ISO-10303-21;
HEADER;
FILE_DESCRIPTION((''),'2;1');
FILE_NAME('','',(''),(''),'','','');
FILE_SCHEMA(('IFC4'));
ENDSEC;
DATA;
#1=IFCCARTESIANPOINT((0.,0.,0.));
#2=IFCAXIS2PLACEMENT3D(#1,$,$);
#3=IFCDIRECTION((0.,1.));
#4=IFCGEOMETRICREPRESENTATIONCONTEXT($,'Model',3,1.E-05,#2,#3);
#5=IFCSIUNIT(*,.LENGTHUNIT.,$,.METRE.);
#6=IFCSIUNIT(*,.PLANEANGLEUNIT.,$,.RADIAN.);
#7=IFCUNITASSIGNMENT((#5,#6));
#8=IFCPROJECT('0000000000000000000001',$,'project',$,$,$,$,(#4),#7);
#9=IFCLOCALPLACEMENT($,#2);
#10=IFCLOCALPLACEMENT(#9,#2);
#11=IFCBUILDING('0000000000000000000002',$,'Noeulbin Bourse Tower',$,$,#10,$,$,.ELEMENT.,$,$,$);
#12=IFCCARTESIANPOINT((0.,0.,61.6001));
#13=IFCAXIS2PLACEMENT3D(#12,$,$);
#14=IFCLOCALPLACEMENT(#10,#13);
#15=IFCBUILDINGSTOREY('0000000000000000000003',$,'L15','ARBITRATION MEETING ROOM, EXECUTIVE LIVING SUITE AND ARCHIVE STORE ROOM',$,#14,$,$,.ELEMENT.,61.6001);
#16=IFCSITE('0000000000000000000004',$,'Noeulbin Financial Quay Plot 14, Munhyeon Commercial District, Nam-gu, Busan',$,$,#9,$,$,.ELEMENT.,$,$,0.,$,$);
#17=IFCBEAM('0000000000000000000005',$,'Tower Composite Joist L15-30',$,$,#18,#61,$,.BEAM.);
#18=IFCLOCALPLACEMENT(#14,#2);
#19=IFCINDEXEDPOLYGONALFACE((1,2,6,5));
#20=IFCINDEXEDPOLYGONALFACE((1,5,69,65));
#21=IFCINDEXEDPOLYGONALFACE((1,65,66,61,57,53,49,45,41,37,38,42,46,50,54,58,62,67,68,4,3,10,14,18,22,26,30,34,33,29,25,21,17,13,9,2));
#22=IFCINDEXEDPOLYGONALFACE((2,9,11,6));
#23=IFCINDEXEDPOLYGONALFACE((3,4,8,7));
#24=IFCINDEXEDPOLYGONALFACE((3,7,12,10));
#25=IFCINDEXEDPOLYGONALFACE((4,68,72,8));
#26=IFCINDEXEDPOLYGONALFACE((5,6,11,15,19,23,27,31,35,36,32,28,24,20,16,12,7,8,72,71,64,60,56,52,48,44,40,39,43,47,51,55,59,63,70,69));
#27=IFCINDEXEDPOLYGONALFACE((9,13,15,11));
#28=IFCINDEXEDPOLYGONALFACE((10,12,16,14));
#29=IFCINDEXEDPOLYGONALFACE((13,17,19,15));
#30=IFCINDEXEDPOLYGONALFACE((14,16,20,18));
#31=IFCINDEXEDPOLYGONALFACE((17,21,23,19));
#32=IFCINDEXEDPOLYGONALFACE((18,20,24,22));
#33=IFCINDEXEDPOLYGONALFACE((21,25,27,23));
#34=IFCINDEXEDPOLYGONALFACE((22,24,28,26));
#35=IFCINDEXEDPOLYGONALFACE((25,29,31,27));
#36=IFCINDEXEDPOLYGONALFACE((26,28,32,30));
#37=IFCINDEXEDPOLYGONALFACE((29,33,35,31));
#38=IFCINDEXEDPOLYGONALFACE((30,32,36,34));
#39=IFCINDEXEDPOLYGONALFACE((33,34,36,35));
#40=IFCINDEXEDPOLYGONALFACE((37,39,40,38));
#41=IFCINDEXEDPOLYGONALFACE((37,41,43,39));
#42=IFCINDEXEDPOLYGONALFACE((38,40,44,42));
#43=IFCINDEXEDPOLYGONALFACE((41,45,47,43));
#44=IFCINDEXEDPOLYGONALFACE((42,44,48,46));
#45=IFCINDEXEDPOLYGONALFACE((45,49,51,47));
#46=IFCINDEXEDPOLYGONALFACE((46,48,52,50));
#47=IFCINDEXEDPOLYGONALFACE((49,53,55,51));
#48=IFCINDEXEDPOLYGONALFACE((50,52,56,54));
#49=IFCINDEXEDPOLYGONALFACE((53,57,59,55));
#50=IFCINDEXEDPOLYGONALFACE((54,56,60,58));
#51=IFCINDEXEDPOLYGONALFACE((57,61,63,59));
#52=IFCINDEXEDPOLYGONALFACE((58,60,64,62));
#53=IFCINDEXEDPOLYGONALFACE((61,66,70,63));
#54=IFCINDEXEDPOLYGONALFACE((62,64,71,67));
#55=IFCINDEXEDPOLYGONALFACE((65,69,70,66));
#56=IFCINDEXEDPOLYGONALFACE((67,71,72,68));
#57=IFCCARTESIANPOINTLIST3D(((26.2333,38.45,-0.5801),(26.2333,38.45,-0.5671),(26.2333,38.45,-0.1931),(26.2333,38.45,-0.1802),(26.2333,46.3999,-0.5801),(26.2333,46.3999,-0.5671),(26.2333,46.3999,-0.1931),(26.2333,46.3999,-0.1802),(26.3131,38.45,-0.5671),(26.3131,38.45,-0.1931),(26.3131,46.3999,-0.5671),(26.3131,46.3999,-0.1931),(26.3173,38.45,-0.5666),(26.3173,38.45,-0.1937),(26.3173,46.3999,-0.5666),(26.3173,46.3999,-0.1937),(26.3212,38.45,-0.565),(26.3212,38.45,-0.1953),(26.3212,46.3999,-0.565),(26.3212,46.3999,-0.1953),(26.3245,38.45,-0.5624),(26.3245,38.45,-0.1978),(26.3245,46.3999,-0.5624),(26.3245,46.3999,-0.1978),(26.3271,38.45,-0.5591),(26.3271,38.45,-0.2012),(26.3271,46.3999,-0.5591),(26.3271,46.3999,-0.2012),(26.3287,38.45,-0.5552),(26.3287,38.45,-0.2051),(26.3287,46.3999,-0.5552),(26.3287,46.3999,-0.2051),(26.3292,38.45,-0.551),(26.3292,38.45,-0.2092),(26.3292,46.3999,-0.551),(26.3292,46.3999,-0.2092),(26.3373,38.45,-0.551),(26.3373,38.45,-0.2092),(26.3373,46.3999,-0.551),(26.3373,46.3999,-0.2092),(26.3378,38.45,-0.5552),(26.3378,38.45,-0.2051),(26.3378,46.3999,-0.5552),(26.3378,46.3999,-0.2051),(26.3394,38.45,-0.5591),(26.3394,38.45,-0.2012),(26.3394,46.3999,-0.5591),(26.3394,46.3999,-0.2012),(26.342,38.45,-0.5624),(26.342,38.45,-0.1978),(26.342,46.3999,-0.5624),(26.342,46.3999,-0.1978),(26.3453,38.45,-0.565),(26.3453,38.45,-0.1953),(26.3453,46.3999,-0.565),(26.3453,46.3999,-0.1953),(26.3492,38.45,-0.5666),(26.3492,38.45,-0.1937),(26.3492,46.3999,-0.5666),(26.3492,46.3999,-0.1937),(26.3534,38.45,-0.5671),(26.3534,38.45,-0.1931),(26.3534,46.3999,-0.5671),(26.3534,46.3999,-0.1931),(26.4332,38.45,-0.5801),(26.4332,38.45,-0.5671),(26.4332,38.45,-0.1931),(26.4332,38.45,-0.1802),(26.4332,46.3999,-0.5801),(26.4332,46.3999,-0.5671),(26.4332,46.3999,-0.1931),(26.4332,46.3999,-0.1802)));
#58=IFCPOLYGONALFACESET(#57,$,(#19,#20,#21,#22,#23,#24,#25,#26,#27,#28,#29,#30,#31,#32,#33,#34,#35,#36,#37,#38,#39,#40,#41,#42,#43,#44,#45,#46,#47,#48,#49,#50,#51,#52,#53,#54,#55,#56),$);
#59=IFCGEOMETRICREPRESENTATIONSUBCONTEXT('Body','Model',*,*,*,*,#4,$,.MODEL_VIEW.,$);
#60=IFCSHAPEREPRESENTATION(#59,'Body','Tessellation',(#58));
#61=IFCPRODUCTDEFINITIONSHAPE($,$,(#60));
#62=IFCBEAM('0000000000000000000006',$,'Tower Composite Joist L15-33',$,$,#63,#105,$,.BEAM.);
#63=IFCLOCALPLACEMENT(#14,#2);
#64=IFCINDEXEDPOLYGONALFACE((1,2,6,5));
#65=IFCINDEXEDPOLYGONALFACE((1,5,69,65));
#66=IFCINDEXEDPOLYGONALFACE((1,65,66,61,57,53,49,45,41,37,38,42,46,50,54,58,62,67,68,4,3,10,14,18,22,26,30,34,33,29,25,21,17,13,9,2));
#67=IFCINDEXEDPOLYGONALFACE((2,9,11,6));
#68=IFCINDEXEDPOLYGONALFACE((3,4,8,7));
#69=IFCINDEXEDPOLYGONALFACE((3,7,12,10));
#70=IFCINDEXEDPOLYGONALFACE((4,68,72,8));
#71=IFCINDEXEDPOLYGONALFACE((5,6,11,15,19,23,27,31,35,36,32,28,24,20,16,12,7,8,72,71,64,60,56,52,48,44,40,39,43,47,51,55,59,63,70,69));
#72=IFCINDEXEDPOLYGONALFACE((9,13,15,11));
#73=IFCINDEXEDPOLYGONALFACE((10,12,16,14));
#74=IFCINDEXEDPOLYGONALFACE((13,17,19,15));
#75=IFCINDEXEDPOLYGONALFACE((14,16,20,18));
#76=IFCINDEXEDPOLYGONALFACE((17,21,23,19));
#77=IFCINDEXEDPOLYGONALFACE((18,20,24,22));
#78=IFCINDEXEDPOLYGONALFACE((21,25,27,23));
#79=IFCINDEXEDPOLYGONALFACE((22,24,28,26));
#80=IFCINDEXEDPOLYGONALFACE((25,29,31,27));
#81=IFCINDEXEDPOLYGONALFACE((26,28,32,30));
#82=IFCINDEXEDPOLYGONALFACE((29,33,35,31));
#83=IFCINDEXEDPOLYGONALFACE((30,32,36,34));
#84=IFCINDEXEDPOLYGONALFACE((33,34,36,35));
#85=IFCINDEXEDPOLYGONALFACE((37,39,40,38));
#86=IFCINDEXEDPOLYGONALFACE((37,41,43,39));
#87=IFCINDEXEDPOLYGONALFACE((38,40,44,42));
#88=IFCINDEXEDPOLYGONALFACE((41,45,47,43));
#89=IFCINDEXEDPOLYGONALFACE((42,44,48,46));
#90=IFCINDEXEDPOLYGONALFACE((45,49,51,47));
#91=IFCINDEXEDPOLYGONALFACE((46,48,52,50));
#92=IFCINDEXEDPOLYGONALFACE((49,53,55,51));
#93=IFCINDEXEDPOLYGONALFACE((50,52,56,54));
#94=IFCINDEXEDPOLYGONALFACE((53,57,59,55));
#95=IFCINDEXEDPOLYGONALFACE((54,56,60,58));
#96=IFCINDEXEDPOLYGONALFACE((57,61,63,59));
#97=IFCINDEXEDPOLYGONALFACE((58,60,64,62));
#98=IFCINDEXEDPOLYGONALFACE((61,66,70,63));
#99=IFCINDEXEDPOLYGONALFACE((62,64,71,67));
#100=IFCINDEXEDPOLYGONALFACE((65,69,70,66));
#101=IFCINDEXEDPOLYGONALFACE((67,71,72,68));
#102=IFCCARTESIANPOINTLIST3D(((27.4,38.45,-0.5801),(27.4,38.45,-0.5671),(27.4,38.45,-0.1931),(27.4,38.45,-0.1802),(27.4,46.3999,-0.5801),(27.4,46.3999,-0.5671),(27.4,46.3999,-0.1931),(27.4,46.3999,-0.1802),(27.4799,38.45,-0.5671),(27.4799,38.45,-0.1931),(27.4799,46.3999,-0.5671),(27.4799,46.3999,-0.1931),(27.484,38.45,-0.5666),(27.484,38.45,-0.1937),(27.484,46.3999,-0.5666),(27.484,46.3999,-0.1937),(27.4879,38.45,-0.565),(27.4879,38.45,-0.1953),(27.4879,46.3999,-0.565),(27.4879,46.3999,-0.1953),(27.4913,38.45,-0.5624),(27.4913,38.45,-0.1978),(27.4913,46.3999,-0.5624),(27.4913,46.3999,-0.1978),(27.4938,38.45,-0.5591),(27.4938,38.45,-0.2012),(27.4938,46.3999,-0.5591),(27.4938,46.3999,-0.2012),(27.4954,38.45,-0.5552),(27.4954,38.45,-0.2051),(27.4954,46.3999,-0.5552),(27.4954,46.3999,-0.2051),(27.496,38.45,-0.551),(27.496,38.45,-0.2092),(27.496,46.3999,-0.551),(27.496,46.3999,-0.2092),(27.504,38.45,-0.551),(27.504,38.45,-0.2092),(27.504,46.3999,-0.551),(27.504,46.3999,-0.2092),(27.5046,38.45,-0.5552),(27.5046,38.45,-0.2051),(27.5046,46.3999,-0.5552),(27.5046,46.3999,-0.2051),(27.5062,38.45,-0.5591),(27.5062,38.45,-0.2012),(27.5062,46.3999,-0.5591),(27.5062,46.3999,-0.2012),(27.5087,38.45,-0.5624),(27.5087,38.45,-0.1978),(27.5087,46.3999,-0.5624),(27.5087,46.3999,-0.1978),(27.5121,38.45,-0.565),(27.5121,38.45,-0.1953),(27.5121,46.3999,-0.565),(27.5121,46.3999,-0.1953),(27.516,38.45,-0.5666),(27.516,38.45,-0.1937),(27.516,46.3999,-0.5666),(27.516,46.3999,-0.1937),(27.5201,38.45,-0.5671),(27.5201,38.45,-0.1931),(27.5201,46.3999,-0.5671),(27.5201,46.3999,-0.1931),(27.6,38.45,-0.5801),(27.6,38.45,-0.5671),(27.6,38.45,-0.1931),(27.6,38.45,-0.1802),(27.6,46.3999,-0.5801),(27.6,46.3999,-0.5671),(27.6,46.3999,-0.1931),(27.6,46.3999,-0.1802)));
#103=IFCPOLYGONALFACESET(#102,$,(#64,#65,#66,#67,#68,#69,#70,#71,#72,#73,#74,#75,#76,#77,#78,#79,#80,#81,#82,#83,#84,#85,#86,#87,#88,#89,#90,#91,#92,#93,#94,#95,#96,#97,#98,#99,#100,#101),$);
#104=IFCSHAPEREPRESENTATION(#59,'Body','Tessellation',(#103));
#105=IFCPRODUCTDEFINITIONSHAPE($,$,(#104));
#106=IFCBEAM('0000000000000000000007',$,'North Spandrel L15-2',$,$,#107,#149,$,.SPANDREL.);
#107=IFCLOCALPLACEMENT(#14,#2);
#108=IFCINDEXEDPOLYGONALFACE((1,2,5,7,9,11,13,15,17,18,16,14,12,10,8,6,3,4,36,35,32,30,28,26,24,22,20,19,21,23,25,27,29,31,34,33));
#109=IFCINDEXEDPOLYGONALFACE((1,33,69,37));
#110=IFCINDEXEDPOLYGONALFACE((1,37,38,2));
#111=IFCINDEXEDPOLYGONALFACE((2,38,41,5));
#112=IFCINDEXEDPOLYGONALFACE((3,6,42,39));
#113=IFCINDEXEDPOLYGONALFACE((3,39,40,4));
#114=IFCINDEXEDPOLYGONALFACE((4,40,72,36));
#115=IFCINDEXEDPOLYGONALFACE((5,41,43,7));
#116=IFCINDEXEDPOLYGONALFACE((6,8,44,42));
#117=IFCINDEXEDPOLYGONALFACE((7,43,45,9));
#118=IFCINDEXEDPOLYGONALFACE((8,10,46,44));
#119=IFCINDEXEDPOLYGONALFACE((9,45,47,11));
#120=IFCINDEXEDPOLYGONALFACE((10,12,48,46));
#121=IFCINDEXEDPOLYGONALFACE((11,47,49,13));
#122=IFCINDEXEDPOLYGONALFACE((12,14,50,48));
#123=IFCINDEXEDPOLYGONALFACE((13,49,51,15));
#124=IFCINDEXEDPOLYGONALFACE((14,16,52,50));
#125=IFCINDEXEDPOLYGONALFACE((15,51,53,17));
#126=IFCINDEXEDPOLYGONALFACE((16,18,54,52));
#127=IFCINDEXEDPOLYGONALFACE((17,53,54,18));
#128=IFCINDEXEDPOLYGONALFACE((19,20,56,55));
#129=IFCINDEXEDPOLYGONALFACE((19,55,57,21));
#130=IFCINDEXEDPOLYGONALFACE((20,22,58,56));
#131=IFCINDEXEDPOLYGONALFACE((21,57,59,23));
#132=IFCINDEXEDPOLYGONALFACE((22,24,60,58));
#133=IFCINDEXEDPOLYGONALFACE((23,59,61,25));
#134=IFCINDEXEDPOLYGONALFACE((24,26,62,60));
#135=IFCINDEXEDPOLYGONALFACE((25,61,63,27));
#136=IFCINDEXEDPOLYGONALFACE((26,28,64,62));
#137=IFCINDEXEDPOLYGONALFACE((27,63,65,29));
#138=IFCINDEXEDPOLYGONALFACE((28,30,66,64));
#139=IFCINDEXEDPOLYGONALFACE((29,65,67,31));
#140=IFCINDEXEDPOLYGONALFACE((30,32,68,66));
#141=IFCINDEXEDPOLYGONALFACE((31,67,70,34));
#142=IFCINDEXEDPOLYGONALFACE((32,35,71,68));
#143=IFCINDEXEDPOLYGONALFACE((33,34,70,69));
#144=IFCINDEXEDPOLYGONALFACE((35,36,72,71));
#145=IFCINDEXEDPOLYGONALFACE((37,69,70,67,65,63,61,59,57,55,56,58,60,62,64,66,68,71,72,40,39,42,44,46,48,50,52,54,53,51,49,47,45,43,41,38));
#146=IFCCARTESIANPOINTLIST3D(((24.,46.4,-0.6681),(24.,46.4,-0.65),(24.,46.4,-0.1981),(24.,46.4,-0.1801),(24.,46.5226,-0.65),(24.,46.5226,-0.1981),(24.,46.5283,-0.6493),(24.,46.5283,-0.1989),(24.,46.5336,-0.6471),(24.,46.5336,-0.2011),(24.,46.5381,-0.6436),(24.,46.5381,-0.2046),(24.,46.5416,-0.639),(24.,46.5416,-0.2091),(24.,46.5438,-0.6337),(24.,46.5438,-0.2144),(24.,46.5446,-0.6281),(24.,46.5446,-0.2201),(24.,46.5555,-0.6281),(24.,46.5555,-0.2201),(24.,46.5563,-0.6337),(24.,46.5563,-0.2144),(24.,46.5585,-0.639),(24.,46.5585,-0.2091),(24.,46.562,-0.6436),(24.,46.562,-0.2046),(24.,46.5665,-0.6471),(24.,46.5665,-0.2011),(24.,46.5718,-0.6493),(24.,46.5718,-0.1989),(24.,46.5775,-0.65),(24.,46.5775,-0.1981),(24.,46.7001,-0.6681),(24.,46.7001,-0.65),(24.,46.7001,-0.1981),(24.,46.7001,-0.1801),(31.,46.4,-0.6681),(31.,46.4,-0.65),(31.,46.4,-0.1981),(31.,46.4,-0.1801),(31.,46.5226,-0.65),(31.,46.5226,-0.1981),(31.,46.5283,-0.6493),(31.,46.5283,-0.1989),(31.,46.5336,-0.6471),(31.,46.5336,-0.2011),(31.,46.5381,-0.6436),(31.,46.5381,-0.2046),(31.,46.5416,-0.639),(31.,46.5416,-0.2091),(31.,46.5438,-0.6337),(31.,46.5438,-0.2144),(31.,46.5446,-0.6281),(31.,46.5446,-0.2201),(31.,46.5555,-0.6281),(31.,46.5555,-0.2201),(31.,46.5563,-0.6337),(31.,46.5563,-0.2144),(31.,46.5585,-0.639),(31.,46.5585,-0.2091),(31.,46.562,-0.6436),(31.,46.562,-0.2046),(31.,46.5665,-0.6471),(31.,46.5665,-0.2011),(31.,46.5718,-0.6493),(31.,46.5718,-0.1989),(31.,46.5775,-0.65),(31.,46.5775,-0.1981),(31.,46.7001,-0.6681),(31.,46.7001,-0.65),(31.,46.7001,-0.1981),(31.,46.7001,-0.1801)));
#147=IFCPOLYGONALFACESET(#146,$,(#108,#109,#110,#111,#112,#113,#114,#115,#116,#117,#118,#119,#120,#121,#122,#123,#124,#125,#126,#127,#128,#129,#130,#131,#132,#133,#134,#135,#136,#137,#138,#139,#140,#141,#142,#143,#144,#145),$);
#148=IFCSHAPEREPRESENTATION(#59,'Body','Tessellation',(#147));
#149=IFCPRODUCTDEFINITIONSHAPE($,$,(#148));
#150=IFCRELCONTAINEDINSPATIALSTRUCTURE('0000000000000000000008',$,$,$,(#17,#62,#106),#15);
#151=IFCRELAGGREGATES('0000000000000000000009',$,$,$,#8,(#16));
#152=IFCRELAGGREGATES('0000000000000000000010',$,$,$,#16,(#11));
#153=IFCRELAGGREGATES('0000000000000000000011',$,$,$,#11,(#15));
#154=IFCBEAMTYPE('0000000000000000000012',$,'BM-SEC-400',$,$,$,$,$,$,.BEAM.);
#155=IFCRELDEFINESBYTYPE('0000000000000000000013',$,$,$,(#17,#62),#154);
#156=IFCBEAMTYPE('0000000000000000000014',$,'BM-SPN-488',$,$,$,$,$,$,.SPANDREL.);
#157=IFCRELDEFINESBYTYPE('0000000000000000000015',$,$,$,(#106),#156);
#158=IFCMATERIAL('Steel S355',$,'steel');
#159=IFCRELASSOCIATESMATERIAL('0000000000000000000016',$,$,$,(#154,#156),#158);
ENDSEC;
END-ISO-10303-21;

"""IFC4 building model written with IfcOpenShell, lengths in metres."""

from ifc_helpers import new_model, si_unit, direction, frame, origin, origin_2d, place, context, subcontext, project, spatial, i_section, extrude, material, material_profile, profile_set, type_object, element, save


model = new_model("IFC4")

# Units and contexts
model_context = context("Model", 3, precision=1e-05, world=origin(), true_north=direction((0.0, 1.0)))
body_context = subcontext(model_context, "Body", "Model", "MODEL_VIEW")
ifc_project = project(units=[si_unit("LENGTHUNIT", "METRE"), si_unit("PLANEANGLEUNIT", "RADIAN")], contexts=[model_context])

# Site, building, storey
site_placement = place(None, origin())
site = spatial("IfcSite", under=ifc_project, at=site_placement, Name="Noeulbin Financial Quay Plot 14, Munhyeon Commercial District, Nam-gu, Busan", CompositionType="ELEMENT", RefElevation=0.0)
building_placement = place(site_placement, origin())
building = spatial("IfcBuilding", under=site, at=building_placement, Name="Noeulbin Bourse Tower", CompositionType="ELEMENT")
storey_placement = place(building_placement, frame((0.0, 0.0, 61.6001)))
storey = spatial("IfcBuildingStorey", under=building, at=storey_placement, Name="L15", Description="ARBITRATION MEETING ROOM, EXECUTIVE LIVING SUITE AND ARCHIVE STORE ROOM", CompositionType="ELEMENT", Elevation=61.6001)

# Beams
ifc_material_1 = material(Name="Steel S355", Category="steel")
ifc_material_profile_1 = material_profile(ifc_material_1, i_section(OverallWidth=0.2, OverallDepth=0.3999, WebThickness=0.0081, FlangeThickness=0.0129, FilletRadius=0.0161, at=origin_2d()), Name="H-400x200x8x13", Category="LoadBearing")
ifc_profile_set_1 = profile_set([ifc_material_profile_1], Name="Steel S355")
beam_type_1 = type_object("IfcBeamType", Name="BM-SEC-400", PredefinedType="BEAM", material=ifc_profile_set_1)
for number, where, z_axis, x_axis, name in (
    (1, (26.3333, 38.45, -0.3801), (0.0, 1.0, 0.0), (-1.0, 0.0, 0.0), "Tower Composite Joist L15-30"),
    (2, (27.5, 38.45, -0.3801), (0.0, 1.0, 0.0), (-1.0, 0.0, 0.0), "Tower Composite Joist L15-33"),
):
    element("IfcBeam", number, at=place(storey_placement, frame(where, z_axis=z_axis, x_axis=x_axis)), inside=storey, type_object=beam_type_1, Name=name, PredefinedType="BEAM", context=body_context, shape_type="SweptSolid", body=[
        extrude(i_section(OverallWidth=0.2, OverallDepth=0.3999, WebThickness=0.0081, FlangeThickness=0.0129, FilletRadius=0.0161, at=origin_2d()), origin(), (0.0, 0.0, 1.0), 7.95),
    ])
ifc_material_profile_2 = material_profile(ifc_material_1, i_section(OverallWidth=0.3, OverallDepth=0.488, WebThickness=0.011, FlangeThickness=0.0181, FilletRadius=0.022, at=origin_2d()), Name="H-488x300x11x18", Category="LoadBearing")
ifc_profile_set_2 = profile_set([ifc_material_profile_2], Name="Steel S355")
beam_type_2 = type_object("IfcBeamType", Name="BM-SPN-488", PredefinedType="SPANDREL", material=ifc_profile_set_2)
beam_1_placement = place(storey_placement, frame((24.0, 46.55, -0.4241), z_axis=(1.0, 0.0, 0.0), x_axis=(0.0, 1.0, 0.0)))
element("IfcBeam", 3, at=beam_1_placement, inside=storey, type_object=beam_type_2, Name="North Spandrel L15-2", PredefinedType="SPANDREL", context=body_context, shape_type="SweptSolid", body=[
    extrude(i_section(OverallWidth=0.3, OverallDepth=0.488, WebThickness=0.011, FlangeThickness=0.0181, FilletRadius=0.022, at=origin_2d()), origin(), (0.0, 0.0, 1.0), 7.0),
])

save(model, "model.ifc")
